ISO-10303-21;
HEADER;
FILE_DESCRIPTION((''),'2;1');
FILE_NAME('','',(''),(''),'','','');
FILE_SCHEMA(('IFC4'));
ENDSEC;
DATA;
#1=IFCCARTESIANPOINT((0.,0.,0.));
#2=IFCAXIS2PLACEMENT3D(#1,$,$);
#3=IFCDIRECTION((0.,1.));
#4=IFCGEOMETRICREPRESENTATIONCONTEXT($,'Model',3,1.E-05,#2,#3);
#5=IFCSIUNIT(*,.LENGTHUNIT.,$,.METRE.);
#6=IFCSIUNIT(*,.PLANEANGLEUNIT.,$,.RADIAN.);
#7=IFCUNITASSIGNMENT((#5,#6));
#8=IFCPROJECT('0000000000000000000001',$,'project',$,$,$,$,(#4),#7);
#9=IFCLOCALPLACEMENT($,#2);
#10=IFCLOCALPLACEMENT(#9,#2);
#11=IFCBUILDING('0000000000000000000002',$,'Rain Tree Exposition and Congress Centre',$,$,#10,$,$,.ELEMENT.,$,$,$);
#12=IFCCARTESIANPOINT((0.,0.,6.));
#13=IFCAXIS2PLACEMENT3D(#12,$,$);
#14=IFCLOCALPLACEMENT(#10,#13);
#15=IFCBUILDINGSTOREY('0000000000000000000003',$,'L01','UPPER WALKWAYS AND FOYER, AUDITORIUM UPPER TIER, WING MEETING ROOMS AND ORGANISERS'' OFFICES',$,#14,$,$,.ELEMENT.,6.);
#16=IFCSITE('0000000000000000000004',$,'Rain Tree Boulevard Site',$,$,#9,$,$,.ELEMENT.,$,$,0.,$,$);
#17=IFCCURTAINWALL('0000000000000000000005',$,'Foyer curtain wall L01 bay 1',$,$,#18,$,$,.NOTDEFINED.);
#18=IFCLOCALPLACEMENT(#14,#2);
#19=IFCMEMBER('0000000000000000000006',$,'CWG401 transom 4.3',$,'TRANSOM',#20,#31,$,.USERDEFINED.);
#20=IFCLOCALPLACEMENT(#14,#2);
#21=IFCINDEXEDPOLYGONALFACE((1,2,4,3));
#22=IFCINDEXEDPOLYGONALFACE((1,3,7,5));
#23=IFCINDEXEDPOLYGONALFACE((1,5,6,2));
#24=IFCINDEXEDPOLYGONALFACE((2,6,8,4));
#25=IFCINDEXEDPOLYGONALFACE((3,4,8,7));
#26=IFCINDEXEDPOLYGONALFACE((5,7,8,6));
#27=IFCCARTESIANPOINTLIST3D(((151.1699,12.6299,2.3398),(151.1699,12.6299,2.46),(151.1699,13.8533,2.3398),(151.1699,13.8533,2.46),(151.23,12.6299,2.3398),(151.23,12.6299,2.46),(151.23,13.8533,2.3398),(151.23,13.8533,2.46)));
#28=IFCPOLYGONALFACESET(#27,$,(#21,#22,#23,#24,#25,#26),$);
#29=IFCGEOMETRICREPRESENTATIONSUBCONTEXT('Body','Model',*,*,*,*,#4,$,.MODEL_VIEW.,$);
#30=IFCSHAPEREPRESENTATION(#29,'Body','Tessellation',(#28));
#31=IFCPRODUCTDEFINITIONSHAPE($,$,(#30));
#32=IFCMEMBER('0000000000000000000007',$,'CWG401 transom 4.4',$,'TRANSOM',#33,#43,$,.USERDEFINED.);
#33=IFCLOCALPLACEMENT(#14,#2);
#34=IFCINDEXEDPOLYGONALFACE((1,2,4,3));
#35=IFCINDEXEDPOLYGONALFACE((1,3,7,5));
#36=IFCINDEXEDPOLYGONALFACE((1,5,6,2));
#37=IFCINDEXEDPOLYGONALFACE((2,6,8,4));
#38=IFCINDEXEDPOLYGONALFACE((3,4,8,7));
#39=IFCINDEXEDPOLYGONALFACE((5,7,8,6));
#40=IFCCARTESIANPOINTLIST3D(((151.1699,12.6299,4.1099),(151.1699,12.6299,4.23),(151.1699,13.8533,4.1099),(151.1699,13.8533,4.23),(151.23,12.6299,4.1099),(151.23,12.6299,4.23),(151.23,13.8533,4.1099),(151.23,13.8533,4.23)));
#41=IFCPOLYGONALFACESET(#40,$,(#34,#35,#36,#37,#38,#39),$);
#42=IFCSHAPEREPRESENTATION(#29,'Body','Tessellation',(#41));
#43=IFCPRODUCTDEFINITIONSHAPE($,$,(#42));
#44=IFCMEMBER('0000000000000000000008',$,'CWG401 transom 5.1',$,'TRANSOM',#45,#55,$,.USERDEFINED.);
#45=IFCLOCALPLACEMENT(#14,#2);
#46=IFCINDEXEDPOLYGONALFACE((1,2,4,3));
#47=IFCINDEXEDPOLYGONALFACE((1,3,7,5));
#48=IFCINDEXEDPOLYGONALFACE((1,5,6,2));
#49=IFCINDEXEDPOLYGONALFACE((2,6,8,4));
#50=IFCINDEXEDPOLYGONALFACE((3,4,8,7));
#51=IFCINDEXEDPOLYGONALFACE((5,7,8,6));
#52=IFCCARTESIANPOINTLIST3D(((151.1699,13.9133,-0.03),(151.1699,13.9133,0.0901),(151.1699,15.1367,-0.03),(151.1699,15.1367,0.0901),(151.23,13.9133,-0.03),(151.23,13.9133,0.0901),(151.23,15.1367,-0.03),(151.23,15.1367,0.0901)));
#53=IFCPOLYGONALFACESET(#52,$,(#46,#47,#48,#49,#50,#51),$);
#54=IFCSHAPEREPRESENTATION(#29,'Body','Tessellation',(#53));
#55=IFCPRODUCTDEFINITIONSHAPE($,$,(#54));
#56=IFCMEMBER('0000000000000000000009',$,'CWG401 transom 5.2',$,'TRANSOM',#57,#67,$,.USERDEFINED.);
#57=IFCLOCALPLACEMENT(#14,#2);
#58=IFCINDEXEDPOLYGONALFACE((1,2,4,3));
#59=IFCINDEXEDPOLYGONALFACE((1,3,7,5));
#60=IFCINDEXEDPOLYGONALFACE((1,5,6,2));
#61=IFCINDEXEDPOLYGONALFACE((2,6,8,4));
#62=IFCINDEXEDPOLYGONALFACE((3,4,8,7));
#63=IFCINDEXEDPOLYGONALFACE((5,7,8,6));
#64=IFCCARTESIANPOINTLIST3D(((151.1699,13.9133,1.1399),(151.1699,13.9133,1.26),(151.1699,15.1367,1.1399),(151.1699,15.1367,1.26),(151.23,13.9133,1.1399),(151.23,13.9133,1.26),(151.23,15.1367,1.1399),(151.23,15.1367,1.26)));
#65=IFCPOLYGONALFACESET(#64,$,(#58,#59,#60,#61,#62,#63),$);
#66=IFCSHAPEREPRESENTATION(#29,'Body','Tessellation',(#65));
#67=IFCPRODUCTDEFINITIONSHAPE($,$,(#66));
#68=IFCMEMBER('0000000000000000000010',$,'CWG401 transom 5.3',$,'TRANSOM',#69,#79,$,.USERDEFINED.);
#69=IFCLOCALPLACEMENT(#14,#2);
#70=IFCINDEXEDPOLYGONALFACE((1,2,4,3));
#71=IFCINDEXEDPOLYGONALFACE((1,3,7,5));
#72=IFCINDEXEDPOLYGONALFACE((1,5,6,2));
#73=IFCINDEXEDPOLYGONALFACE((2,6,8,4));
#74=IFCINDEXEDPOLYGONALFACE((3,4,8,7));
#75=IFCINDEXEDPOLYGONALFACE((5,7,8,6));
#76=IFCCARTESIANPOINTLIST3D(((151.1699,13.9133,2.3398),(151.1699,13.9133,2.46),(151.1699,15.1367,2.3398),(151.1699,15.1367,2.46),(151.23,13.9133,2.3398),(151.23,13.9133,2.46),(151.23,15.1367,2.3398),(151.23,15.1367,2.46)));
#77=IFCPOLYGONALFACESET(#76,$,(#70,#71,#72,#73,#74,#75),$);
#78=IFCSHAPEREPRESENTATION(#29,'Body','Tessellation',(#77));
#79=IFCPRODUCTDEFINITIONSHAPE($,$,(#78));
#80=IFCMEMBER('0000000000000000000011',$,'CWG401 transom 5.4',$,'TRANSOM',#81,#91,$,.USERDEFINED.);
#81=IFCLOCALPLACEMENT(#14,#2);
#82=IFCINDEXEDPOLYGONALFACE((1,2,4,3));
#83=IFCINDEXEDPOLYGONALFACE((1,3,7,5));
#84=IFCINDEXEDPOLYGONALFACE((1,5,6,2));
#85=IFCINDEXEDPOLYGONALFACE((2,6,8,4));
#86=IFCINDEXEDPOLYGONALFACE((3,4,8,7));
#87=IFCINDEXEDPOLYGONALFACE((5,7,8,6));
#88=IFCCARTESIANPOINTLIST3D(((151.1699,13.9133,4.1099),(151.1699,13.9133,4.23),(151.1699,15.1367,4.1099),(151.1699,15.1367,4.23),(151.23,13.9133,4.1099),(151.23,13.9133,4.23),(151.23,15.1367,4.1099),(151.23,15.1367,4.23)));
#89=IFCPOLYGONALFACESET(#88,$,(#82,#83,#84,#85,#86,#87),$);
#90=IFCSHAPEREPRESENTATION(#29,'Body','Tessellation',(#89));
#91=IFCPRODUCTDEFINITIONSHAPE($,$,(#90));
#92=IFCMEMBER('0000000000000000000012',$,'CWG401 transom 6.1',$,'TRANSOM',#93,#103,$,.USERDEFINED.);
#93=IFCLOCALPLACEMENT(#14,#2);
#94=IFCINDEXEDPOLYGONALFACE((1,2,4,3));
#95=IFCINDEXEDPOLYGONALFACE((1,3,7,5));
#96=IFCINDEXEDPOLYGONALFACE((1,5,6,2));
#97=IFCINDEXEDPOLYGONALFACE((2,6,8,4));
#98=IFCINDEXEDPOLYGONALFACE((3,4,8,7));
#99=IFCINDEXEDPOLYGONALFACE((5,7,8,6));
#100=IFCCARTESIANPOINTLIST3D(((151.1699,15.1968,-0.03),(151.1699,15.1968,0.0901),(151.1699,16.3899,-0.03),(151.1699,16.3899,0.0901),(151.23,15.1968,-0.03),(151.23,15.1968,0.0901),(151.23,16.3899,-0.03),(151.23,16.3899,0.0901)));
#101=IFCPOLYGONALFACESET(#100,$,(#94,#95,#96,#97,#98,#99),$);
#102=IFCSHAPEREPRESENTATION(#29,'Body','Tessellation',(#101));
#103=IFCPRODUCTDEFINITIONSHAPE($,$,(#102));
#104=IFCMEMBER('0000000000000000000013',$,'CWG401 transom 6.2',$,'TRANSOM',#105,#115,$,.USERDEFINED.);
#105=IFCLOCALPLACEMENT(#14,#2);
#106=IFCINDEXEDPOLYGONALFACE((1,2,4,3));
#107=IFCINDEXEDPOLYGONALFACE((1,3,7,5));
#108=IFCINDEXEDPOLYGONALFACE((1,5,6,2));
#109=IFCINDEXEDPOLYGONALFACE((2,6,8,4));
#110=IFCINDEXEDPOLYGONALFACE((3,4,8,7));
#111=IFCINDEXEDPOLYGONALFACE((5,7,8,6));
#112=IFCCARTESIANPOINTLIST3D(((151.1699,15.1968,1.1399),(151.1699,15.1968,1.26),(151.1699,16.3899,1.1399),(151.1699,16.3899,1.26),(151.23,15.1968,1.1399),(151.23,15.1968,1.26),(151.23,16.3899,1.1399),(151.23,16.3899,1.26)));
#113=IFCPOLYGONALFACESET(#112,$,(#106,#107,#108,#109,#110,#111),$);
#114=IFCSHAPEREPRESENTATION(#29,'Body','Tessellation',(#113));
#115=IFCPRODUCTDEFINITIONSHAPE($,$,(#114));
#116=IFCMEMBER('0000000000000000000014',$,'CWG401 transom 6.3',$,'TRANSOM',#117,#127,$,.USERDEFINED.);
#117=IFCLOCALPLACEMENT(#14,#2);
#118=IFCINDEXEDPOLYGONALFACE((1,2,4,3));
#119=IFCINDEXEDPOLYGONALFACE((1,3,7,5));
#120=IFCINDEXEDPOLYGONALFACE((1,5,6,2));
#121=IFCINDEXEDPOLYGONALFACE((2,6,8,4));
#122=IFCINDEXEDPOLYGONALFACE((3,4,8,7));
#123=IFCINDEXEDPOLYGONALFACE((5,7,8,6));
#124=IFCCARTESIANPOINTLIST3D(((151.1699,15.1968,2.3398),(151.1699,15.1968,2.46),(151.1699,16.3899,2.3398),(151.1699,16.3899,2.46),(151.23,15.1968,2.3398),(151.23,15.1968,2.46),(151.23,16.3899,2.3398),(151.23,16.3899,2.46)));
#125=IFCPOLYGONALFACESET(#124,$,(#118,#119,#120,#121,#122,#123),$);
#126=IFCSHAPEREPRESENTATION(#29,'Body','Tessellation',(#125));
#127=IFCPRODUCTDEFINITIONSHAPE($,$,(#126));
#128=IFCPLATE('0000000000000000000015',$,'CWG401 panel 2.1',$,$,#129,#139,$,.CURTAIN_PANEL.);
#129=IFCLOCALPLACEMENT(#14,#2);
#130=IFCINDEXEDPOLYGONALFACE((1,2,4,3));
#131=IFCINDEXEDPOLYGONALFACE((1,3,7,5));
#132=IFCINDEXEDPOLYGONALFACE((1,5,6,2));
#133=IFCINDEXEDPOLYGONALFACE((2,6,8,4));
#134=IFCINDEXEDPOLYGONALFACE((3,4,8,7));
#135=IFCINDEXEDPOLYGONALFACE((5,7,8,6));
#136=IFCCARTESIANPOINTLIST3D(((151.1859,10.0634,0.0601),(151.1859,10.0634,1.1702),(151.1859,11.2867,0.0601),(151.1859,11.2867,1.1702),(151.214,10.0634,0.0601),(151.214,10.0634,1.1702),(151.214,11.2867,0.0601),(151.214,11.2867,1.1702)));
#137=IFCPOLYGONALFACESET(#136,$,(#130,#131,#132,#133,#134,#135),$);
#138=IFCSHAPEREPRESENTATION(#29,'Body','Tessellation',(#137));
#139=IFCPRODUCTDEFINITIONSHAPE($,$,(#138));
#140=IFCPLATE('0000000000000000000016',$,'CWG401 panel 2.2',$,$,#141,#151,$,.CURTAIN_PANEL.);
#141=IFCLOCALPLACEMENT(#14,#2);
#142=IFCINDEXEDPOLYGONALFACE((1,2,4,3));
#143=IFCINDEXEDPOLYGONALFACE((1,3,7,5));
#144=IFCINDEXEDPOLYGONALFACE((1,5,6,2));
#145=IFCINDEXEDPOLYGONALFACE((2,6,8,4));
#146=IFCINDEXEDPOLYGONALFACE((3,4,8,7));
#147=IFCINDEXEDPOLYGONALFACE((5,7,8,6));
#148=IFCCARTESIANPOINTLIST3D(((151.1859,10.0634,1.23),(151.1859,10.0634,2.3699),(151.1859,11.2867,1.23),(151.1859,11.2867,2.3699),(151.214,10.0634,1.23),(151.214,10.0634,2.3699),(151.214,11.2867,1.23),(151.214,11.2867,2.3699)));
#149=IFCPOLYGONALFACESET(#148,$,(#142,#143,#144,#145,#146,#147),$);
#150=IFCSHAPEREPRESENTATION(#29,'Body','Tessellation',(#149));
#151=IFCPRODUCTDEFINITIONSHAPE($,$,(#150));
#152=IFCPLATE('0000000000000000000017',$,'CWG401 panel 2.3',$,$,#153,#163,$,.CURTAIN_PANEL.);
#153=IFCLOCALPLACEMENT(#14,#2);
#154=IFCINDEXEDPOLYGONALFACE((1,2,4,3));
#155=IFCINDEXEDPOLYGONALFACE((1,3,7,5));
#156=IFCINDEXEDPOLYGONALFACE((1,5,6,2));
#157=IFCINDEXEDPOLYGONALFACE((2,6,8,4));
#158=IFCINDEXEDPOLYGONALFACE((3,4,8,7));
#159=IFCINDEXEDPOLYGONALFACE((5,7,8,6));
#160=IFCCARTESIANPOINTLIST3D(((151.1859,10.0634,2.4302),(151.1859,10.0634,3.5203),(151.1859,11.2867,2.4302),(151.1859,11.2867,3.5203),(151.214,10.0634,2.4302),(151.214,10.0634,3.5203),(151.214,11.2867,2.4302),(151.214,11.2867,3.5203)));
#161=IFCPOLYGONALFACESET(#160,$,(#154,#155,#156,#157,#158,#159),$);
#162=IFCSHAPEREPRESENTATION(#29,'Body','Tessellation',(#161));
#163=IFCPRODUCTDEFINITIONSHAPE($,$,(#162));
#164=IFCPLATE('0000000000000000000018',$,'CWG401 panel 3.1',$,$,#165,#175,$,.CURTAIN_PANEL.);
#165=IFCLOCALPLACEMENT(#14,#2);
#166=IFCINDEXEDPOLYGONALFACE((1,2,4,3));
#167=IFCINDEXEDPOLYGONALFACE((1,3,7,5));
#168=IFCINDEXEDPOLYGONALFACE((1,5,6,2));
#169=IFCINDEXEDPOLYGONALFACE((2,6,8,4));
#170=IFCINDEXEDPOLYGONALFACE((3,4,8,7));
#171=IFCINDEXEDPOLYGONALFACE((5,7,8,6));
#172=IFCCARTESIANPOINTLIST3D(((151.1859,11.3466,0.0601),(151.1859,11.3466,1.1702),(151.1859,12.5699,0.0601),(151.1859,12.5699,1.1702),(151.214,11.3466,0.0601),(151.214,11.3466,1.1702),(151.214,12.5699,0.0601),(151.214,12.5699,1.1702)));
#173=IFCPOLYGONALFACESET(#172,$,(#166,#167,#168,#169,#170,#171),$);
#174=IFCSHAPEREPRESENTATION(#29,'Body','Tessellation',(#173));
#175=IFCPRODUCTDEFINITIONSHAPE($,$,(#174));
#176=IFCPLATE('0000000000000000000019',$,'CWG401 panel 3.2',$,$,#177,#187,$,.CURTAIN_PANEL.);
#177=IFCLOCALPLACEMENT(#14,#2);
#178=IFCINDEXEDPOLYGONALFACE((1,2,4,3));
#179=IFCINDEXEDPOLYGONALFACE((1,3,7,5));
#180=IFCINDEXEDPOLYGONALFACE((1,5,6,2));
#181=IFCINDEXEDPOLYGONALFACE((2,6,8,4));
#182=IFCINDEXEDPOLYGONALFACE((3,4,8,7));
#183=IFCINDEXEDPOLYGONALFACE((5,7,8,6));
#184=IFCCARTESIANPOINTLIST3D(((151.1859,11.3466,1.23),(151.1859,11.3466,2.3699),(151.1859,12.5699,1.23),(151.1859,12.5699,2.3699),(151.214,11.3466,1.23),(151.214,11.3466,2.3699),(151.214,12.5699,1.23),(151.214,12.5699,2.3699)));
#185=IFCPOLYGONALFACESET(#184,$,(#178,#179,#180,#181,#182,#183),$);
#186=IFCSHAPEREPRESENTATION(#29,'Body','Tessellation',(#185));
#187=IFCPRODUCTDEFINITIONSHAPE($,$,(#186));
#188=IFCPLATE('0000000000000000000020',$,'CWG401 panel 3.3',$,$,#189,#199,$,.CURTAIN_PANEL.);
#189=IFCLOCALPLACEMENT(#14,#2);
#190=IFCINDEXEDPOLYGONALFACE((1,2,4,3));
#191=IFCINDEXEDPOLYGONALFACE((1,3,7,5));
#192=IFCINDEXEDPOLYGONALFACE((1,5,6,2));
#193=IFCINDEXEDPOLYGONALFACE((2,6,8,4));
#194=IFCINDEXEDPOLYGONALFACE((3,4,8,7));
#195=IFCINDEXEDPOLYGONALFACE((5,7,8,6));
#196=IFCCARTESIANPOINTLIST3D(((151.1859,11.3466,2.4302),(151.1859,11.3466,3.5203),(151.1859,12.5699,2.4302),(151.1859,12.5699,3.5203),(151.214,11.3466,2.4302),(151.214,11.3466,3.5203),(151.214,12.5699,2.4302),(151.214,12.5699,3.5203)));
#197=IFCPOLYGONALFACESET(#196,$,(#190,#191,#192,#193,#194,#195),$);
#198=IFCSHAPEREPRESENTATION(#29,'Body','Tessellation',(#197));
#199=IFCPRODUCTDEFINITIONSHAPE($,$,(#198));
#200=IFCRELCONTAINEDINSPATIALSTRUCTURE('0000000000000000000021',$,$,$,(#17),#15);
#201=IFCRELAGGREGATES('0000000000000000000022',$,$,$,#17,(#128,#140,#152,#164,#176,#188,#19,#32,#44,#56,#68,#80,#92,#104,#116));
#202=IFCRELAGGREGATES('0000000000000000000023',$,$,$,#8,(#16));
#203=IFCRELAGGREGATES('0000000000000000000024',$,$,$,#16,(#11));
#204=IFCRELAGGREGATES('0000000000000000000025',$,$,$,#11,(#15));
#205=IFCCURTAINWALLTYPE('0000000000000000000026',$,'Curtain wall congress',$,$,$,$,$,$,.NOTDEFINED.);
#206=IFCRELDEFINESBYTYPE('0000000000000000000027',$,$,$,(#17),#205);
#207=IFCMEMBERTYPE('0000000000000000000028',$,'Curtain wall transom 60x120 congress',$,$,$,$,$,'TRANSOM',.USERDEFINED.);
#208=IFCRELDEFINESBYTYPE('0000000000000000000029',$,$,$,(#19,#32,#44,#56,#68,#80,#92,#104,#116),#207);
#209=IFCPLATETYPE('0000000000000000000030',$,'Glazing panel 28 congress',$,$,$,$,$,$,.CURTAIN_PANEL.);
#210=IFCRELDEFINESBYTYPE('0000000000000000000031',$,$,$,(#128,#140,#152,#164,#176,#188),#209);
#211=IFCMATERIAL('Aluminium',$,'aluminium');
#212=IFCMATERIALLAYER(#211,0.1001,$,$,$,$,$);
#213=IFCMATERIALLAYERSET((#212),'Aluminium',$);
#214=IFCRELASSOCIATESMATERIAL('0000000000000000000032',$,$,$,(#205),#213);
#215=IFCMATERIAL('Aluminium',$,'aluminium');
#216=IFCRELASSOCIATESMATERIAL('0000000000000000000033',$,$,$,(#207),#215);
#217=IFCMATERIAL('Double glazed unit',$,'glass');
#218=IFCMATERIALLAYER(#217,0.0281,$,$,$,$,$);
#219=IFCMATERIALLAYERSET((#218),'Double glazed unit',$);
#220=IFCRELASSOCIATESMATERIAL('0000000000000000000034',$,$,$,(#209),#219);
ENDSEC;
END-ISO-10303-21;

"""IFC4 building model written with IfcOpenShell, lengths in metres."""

from ifc_helpers import new_model, si_unit, direction, frame, origin, origin_2d, place, context, subcontext, project, spatial, rectangle, extrude, material, layer, layer_set, material_profile, profile_set, type_object, element, aggregate, save


model = new_model("IFC4")

# Units and contexts
model_context = context("Model", 3, precision=1e-05, world=origin(), true_north=direction((0.0, 1.0)))
body_context = subcontext(model_context, "Body", "Model", "MODEL_VIEW")
ifc_project = project(units=[si_unit("LENGTHUNIT", "METRE"), si_unit("PLANEANGLEUNIT", "RADIAN")], contexts=[model_context])

# Site, building, storey
site_placement = place(None, origin())
site = spatial("IfcSite", under=ifc_project, at=site_placement, Name="Rain Tree Boulevard Site", CompositionType="ELEMENT", RefElevation=0.0)
building_placement = place(site_placement, origin())
building = spatial("IfcBuilding", under=site, at=building_placement, Name="Rain Tree Exposition and Congress Centre", CompositionType="ELEMENT")
storey_placement = place(building_placement, frame((0.0, 0.0, 6.0)))
storey = spatial("IfcBuildingStorey", under=building, at=storey_placement, Name="L01", Description="UPPER WALKWAYS AND FOYER, AUDITORIUM UPPER TIER, WING MEETING ROOMS AND ORGANISERS' OFFICES", CompositionType="ELEMENT", Elevation=6.0)

# Curtain wall, members, plates
ifc_material_1 = material(Name="Aluminium", Category="aluminium")
ifc_layer_1 = layer(ifc_material_1, 0.1001)
ifc_layer_set_1 = layer_set([ifc_layer_1], Name="Aluminium")
curtain_wall_type = type_object("IfcCurtainWallType", Name="Curtain wall congress", PredefinedType="NOTDEFINED", material=ifc_layer_set_1)
curtain_wall_placement = place(storey_placement, origin())
curtain_wall = element("IfcCurtainWall", 1, at=curtain_wall_placement, inside=storey, type_object=curtain_wall_type, Name="Foyer curtain wall L01 bay 1", PredefinedType="NOTDEFINED")
ifc_material_2 = material(Name="Aluminium", Category="aluminium")
ifc_material_profile_1 = material_profile(ifc_material_2, rectangle(XDim=0.0601, YDim=0.1201, at=origin_2d()), Name="AL 60x120")
ifc_profile_set_1 = profile_set([ifc_material_profile_1], Name="Aluminium")
member_type_1 = type_object("IfcMemberType", Name="Curtain wall transom 60x120 congress", ElementType="TRANSOM", PredefinedType="USERDEFINED", material=ifc_profile_set_1)
member_1_placement = place(storey_placement, frame((151.2, 12.6299, 2.3999), z_axis=(0.0, 1.0, 0.0), x_axis=(-1.0, 0.0, 0.0)))
member_1 = element("IfcMember", 2, at=member_1_placement, type_object=member_type_1, Name="CWG401 transom 4.3", ObjectType="TRANSOM", PredefinedType="USERDEFINED", context=body_context, shape_type="SweptSolid", body=[
    extrude(rectangle(XDim=0.0601, YDim=0.1201, at=origin_2d()), origin(), (0.0, 0.0, 1.0), 1.2234),
])
member_2_placement = place(storey_placement, frame((151.2, 12.6299, 4.1699), z_axis=(0.0, 1.0, 0.0), x_axis=(-1.0, 0.0, 0.0)))
member_2 = element("IfcMember", 3, at=member_2_placement, type_object=member_type_1, Name="CWG401 transom 4.4", ObjectType="TRANSOM", PredefinedType="USERDEFINED", context=body_context, shape_type="SweptSolid", body=[
    extrude(rectangle(XDim=0.0601, YDim=0.1201, at=origin_2d()), origin(), (0.0, 0.0, 1.0), 1.2234),
])
member_3_placement = place(storey_placement, frame((151.2, 13.9133, 0.03), z_axis=(0.0, 1.0, 0.0), x_axis=(-1.0, 0.0, 0.0)))
member_3 = element("IfcMember", 4, at=member_3_placement, type_object=member_type_1, Name="CWG401 transom 5.1", ObjectType="TRANSOM", PredefinedType="USERDEFINED", context=body_context, shape_type="SweptSolid", body=[
    extrude(rectangle(XDim=0.0601, YDim=0.1201, at=origin_2d()), origin(), (0.0, 0.0, 1.0), 1.2234),
])
member_4_placement = place(storey_placement, frame((151.2, 13.9133, 1.2), z_axis=(0.0, 1.0, 0.0), x_axis=(-1.0, 0.0, 0.0)))
member_4 = element("IfcMember", 5, at=member_4_placement, type_object=member_type_1, Name="CWG401 transom 5.2", ObjectType="TRANSOM", PredefinedType="USERDEFINED", context=body_context, shape_type="SweptSolid", body=[
    extrude(rectangle(XDim=0.0601, YDim=0.1201, at=origin_2d()), origin(), (0.0, 0.0, 1.0), 1.2234),
])
member_5_placement = place(storey_placement, frame((151.2, 13.9133, 2.3999), z_axis=(0.0, 1.0, 0.0), x_axis=(-1.0, 0.0, 0.0)))
member_5 = element("IfcMember", 6, at=member_5_placement, type_object=member_type_1, Name="CWG401 transom 5.3", ObjectType="TRANSOM", PredefinedType="USERDEFINED", context=body_context, shape_type="SweptSolid", body=[
    extrude(rectangle(XDim=0.0601, YDim=0.1201, at=origin_2d()), origin(), (0.0, 0.0, 1.0), 1.2234),
])
member_6_placement = place(storey_placement, frame((151.2, 13.9133, 4.1699), z_axis=(0.0, 1.0, 0.0), x_axis=(-1.0, 0.0, 0.0)))
member_6 = element("IfcMember", 7, at=member_6_placement, type_object=member_type_1, Name="CWG401 transom 5.4", ObjectType="TRANSOM", PredefinedType="USERDEFINED", context=body_context, shape_type="SweptSolid", body=[
    extrude(rectangle(XDim=0.0601, YDim=0.1201, at=origin_2d()), origin(), (0.0, 0.0, 1.0), 1.2234),
])
member_7_placement = place(storey_placement, frame((151.2, 15.1968, 0.03), z_axis=(0.0, 1.0, 0.0), x_axis=(-1.0, 0.0, 0.0)))
member_7 = element("IfcMember", 8, at=member_7_placement, type_object=member_type_1, Name="CWG401 transom 6.1", ObjectType="TRANSOM", PredefinedType="USERDEFINED", context=body_context, shape_type="SweptSolid", body=[
    extrude(rectangle(XDim=0.0601, YDim=0.1201, at=origin_2d()), origin(), (0.0, 0.0, 1.0), 1.1931),
])
member_8_placement = place(storey_placement, frame((151.2, 15.1968, 1.2), z_axis=(0.0, 1.0, 0.0), x_axis=(-1.0, 0.0, 0.0)))
member_8 = element("IfcMember", 9, at=member_8_placement, type_object=member_type_1, Name="CWG401 transom 6.2", ObjectType="TRANSOM", PredefinedType="USERDEFINED", context=body_context, shape_type="SweptSolid", body=[
    extrude(rectangle(XDim=0.0601, YDim=0.1201, at=origin_2d()), origin(), (0.0, 0.0, 1.0), 1.1931),
])
member_9_placement = place(storey_placement, frame((151.2, 15.1968, 2.3999), z_axis=(0.0, 1.0, 0.0), x_axis=(-1.0, 0.0, 0.0)))
member_9 = element("IfcMember", 10, at=member_9_placement, type_object=member_type_1, Name="CWG401 transom 6.3", ObjectType="TRANSOM", PredefinedType="USERDEFINED", context=body_context, shape_type="SweptSolid", body=[
    extrude(rectangle(XDim=0.0601, YDim=0.1201, at=origin_2d()), origin(), (0.0, 0.0, 1.0), 1.1931),
])
ifc_material_3 = material(Name="Double glazed unit", Category="glass")
ifc_layer_2 = layer(ifc_material_3, 0.0281)
ifc_layer_set_2 = layer_set([ifc_layer_2], Name="Double glazed unit")
plate_type = type_object("IfcPlateType", Name="Glazing panel 28 congress", PredefinedType="CURTAIN_PANEL", material=ifc_layer_set_2)
plate_1_placement = place(storey_placement, frame((151.2, 10.675, 0.0601), z_axis=(0.0, 0.0, 1.0), x_axis=(0.0, 1.0, 0.0)))
plate_1 = element("IfcPlate", 11, at=plate_1_placement, type_object=plate_type, Name="CWG401 panel 2.1", PredefinedType="CURTAIN_PANEL", context=body_context, shape_type="SweptSolid", body=[
    extrude(rectangle(XDim=1.2234, YDim=0.0281, at=origin_2d()), origin(), (0.0, 0.0, 1.0), 1.1101),
])
plate_2_placement = place(storey_placement, frame((151.2, 10.675, 1.23), z_axis=(0.0, 0.0, 1.0), x_axis=(0.0, 1.0, 0.0)))
plate_2 = element("IfcPlate", 12, at=plate_2_placement, type_object=plate_type, Name="CWG401 panel 2.2", PredefinedType="CURTAIN_PANEL", context=body_context, shape_type="SweptSolid", body=[
    extrude(rectangle(XDim=1.2234, YDim=0.0281, at=origin_2d()), origin(), (0.0, 0.0, 1.0), 1.1399),
])
plate_3_placement = place(storey_placement, frame((151.2, 10.675, 2.4302), z_axis=(0.0, 0.0, 1.0), x_axis=(0.0, 1.0, 0.0)))
plate_3 = element("IfcPlate", 13, at=plate_3_placement, type_object=plate_type, Name="CWG401 panel 2.3", PredefinedType="CURTAIN_PANEL", context=body_context, shape_type="SweptSolid", body=[
    extrude(rectangle(XDim=1.2234, YDim=0.0281, at=origin_2d()), origin(), (0.0, 0.0, 1.0), 1.0901),
])
plate_4_placement = place(storey_placement, frame((151.2, 11.9583, 0.0601), z_axis=(0.0, 0.0, 1.0), x_axis=(0.0, 1.0, 0.0)))
plate_4 = element("IfcPlate", 14, at=plate_4_placement, type_object=plate_type, Name="CWG401 panel 3.1", PredefinedType="CURTAIN_PANEL", context=body_context, shape_type="SweptSolid", body=[
    extrude(rectangle(XDim=1.2234, YDim=0.0281, at=origin_2d()), origin(), (0.0, 0.0, 1.0), 1.1101),
])
plate_5_placement = place(storey_placement, frame((151.2, 11.9583, 1.23), z_axis=(0.0, 0.0, 1.0), x_axis=(0.0, 1.0, 0.0)))
plate_5 = element("IfcPlate", 15, at=plate_5_placement, type_object=plate_type, Name="CWG401 panel 3.2", PredefinedType="CURTAIN_PANEL", context=body_context, shape_type="SweptSolid", body=[
    extrude(rectangle(XDim=1.2234, YDim=0.0281, at=origin_2d()), origin(), (0.0, 0.0, 1.0), 1.1399),
])
plate_6_placement = place(storey_placement, frame((151.2, 11.9583, 2.4302), z_axis=(0.0, 0.0, 1.0), x_axis=(0.0, 1.0, 0.0)))
plate_6 = element("IfcPlate", 16, at=plate_6_placement, type_object=plate_type, Name="CWG401 panel 3.3", PredefinedType="CURTAIN_PANEL", context=body_context, shape_type="SweptSolid", body=[
    extrude(rectangle(XDim=1.2234, YDim=0.0281, at=origin_2d()), origin(), (0.0, 0.0, 1.0), 1.0901),
])
aggregate(curtain_wall, [plate_1, plate_2, plate_3, plate_4, plate_5, plate_6, member_1, member_2, member_3, member_4, member_5, member_6, member_7, member_8, member_9])

save(model, "model.ifc")
